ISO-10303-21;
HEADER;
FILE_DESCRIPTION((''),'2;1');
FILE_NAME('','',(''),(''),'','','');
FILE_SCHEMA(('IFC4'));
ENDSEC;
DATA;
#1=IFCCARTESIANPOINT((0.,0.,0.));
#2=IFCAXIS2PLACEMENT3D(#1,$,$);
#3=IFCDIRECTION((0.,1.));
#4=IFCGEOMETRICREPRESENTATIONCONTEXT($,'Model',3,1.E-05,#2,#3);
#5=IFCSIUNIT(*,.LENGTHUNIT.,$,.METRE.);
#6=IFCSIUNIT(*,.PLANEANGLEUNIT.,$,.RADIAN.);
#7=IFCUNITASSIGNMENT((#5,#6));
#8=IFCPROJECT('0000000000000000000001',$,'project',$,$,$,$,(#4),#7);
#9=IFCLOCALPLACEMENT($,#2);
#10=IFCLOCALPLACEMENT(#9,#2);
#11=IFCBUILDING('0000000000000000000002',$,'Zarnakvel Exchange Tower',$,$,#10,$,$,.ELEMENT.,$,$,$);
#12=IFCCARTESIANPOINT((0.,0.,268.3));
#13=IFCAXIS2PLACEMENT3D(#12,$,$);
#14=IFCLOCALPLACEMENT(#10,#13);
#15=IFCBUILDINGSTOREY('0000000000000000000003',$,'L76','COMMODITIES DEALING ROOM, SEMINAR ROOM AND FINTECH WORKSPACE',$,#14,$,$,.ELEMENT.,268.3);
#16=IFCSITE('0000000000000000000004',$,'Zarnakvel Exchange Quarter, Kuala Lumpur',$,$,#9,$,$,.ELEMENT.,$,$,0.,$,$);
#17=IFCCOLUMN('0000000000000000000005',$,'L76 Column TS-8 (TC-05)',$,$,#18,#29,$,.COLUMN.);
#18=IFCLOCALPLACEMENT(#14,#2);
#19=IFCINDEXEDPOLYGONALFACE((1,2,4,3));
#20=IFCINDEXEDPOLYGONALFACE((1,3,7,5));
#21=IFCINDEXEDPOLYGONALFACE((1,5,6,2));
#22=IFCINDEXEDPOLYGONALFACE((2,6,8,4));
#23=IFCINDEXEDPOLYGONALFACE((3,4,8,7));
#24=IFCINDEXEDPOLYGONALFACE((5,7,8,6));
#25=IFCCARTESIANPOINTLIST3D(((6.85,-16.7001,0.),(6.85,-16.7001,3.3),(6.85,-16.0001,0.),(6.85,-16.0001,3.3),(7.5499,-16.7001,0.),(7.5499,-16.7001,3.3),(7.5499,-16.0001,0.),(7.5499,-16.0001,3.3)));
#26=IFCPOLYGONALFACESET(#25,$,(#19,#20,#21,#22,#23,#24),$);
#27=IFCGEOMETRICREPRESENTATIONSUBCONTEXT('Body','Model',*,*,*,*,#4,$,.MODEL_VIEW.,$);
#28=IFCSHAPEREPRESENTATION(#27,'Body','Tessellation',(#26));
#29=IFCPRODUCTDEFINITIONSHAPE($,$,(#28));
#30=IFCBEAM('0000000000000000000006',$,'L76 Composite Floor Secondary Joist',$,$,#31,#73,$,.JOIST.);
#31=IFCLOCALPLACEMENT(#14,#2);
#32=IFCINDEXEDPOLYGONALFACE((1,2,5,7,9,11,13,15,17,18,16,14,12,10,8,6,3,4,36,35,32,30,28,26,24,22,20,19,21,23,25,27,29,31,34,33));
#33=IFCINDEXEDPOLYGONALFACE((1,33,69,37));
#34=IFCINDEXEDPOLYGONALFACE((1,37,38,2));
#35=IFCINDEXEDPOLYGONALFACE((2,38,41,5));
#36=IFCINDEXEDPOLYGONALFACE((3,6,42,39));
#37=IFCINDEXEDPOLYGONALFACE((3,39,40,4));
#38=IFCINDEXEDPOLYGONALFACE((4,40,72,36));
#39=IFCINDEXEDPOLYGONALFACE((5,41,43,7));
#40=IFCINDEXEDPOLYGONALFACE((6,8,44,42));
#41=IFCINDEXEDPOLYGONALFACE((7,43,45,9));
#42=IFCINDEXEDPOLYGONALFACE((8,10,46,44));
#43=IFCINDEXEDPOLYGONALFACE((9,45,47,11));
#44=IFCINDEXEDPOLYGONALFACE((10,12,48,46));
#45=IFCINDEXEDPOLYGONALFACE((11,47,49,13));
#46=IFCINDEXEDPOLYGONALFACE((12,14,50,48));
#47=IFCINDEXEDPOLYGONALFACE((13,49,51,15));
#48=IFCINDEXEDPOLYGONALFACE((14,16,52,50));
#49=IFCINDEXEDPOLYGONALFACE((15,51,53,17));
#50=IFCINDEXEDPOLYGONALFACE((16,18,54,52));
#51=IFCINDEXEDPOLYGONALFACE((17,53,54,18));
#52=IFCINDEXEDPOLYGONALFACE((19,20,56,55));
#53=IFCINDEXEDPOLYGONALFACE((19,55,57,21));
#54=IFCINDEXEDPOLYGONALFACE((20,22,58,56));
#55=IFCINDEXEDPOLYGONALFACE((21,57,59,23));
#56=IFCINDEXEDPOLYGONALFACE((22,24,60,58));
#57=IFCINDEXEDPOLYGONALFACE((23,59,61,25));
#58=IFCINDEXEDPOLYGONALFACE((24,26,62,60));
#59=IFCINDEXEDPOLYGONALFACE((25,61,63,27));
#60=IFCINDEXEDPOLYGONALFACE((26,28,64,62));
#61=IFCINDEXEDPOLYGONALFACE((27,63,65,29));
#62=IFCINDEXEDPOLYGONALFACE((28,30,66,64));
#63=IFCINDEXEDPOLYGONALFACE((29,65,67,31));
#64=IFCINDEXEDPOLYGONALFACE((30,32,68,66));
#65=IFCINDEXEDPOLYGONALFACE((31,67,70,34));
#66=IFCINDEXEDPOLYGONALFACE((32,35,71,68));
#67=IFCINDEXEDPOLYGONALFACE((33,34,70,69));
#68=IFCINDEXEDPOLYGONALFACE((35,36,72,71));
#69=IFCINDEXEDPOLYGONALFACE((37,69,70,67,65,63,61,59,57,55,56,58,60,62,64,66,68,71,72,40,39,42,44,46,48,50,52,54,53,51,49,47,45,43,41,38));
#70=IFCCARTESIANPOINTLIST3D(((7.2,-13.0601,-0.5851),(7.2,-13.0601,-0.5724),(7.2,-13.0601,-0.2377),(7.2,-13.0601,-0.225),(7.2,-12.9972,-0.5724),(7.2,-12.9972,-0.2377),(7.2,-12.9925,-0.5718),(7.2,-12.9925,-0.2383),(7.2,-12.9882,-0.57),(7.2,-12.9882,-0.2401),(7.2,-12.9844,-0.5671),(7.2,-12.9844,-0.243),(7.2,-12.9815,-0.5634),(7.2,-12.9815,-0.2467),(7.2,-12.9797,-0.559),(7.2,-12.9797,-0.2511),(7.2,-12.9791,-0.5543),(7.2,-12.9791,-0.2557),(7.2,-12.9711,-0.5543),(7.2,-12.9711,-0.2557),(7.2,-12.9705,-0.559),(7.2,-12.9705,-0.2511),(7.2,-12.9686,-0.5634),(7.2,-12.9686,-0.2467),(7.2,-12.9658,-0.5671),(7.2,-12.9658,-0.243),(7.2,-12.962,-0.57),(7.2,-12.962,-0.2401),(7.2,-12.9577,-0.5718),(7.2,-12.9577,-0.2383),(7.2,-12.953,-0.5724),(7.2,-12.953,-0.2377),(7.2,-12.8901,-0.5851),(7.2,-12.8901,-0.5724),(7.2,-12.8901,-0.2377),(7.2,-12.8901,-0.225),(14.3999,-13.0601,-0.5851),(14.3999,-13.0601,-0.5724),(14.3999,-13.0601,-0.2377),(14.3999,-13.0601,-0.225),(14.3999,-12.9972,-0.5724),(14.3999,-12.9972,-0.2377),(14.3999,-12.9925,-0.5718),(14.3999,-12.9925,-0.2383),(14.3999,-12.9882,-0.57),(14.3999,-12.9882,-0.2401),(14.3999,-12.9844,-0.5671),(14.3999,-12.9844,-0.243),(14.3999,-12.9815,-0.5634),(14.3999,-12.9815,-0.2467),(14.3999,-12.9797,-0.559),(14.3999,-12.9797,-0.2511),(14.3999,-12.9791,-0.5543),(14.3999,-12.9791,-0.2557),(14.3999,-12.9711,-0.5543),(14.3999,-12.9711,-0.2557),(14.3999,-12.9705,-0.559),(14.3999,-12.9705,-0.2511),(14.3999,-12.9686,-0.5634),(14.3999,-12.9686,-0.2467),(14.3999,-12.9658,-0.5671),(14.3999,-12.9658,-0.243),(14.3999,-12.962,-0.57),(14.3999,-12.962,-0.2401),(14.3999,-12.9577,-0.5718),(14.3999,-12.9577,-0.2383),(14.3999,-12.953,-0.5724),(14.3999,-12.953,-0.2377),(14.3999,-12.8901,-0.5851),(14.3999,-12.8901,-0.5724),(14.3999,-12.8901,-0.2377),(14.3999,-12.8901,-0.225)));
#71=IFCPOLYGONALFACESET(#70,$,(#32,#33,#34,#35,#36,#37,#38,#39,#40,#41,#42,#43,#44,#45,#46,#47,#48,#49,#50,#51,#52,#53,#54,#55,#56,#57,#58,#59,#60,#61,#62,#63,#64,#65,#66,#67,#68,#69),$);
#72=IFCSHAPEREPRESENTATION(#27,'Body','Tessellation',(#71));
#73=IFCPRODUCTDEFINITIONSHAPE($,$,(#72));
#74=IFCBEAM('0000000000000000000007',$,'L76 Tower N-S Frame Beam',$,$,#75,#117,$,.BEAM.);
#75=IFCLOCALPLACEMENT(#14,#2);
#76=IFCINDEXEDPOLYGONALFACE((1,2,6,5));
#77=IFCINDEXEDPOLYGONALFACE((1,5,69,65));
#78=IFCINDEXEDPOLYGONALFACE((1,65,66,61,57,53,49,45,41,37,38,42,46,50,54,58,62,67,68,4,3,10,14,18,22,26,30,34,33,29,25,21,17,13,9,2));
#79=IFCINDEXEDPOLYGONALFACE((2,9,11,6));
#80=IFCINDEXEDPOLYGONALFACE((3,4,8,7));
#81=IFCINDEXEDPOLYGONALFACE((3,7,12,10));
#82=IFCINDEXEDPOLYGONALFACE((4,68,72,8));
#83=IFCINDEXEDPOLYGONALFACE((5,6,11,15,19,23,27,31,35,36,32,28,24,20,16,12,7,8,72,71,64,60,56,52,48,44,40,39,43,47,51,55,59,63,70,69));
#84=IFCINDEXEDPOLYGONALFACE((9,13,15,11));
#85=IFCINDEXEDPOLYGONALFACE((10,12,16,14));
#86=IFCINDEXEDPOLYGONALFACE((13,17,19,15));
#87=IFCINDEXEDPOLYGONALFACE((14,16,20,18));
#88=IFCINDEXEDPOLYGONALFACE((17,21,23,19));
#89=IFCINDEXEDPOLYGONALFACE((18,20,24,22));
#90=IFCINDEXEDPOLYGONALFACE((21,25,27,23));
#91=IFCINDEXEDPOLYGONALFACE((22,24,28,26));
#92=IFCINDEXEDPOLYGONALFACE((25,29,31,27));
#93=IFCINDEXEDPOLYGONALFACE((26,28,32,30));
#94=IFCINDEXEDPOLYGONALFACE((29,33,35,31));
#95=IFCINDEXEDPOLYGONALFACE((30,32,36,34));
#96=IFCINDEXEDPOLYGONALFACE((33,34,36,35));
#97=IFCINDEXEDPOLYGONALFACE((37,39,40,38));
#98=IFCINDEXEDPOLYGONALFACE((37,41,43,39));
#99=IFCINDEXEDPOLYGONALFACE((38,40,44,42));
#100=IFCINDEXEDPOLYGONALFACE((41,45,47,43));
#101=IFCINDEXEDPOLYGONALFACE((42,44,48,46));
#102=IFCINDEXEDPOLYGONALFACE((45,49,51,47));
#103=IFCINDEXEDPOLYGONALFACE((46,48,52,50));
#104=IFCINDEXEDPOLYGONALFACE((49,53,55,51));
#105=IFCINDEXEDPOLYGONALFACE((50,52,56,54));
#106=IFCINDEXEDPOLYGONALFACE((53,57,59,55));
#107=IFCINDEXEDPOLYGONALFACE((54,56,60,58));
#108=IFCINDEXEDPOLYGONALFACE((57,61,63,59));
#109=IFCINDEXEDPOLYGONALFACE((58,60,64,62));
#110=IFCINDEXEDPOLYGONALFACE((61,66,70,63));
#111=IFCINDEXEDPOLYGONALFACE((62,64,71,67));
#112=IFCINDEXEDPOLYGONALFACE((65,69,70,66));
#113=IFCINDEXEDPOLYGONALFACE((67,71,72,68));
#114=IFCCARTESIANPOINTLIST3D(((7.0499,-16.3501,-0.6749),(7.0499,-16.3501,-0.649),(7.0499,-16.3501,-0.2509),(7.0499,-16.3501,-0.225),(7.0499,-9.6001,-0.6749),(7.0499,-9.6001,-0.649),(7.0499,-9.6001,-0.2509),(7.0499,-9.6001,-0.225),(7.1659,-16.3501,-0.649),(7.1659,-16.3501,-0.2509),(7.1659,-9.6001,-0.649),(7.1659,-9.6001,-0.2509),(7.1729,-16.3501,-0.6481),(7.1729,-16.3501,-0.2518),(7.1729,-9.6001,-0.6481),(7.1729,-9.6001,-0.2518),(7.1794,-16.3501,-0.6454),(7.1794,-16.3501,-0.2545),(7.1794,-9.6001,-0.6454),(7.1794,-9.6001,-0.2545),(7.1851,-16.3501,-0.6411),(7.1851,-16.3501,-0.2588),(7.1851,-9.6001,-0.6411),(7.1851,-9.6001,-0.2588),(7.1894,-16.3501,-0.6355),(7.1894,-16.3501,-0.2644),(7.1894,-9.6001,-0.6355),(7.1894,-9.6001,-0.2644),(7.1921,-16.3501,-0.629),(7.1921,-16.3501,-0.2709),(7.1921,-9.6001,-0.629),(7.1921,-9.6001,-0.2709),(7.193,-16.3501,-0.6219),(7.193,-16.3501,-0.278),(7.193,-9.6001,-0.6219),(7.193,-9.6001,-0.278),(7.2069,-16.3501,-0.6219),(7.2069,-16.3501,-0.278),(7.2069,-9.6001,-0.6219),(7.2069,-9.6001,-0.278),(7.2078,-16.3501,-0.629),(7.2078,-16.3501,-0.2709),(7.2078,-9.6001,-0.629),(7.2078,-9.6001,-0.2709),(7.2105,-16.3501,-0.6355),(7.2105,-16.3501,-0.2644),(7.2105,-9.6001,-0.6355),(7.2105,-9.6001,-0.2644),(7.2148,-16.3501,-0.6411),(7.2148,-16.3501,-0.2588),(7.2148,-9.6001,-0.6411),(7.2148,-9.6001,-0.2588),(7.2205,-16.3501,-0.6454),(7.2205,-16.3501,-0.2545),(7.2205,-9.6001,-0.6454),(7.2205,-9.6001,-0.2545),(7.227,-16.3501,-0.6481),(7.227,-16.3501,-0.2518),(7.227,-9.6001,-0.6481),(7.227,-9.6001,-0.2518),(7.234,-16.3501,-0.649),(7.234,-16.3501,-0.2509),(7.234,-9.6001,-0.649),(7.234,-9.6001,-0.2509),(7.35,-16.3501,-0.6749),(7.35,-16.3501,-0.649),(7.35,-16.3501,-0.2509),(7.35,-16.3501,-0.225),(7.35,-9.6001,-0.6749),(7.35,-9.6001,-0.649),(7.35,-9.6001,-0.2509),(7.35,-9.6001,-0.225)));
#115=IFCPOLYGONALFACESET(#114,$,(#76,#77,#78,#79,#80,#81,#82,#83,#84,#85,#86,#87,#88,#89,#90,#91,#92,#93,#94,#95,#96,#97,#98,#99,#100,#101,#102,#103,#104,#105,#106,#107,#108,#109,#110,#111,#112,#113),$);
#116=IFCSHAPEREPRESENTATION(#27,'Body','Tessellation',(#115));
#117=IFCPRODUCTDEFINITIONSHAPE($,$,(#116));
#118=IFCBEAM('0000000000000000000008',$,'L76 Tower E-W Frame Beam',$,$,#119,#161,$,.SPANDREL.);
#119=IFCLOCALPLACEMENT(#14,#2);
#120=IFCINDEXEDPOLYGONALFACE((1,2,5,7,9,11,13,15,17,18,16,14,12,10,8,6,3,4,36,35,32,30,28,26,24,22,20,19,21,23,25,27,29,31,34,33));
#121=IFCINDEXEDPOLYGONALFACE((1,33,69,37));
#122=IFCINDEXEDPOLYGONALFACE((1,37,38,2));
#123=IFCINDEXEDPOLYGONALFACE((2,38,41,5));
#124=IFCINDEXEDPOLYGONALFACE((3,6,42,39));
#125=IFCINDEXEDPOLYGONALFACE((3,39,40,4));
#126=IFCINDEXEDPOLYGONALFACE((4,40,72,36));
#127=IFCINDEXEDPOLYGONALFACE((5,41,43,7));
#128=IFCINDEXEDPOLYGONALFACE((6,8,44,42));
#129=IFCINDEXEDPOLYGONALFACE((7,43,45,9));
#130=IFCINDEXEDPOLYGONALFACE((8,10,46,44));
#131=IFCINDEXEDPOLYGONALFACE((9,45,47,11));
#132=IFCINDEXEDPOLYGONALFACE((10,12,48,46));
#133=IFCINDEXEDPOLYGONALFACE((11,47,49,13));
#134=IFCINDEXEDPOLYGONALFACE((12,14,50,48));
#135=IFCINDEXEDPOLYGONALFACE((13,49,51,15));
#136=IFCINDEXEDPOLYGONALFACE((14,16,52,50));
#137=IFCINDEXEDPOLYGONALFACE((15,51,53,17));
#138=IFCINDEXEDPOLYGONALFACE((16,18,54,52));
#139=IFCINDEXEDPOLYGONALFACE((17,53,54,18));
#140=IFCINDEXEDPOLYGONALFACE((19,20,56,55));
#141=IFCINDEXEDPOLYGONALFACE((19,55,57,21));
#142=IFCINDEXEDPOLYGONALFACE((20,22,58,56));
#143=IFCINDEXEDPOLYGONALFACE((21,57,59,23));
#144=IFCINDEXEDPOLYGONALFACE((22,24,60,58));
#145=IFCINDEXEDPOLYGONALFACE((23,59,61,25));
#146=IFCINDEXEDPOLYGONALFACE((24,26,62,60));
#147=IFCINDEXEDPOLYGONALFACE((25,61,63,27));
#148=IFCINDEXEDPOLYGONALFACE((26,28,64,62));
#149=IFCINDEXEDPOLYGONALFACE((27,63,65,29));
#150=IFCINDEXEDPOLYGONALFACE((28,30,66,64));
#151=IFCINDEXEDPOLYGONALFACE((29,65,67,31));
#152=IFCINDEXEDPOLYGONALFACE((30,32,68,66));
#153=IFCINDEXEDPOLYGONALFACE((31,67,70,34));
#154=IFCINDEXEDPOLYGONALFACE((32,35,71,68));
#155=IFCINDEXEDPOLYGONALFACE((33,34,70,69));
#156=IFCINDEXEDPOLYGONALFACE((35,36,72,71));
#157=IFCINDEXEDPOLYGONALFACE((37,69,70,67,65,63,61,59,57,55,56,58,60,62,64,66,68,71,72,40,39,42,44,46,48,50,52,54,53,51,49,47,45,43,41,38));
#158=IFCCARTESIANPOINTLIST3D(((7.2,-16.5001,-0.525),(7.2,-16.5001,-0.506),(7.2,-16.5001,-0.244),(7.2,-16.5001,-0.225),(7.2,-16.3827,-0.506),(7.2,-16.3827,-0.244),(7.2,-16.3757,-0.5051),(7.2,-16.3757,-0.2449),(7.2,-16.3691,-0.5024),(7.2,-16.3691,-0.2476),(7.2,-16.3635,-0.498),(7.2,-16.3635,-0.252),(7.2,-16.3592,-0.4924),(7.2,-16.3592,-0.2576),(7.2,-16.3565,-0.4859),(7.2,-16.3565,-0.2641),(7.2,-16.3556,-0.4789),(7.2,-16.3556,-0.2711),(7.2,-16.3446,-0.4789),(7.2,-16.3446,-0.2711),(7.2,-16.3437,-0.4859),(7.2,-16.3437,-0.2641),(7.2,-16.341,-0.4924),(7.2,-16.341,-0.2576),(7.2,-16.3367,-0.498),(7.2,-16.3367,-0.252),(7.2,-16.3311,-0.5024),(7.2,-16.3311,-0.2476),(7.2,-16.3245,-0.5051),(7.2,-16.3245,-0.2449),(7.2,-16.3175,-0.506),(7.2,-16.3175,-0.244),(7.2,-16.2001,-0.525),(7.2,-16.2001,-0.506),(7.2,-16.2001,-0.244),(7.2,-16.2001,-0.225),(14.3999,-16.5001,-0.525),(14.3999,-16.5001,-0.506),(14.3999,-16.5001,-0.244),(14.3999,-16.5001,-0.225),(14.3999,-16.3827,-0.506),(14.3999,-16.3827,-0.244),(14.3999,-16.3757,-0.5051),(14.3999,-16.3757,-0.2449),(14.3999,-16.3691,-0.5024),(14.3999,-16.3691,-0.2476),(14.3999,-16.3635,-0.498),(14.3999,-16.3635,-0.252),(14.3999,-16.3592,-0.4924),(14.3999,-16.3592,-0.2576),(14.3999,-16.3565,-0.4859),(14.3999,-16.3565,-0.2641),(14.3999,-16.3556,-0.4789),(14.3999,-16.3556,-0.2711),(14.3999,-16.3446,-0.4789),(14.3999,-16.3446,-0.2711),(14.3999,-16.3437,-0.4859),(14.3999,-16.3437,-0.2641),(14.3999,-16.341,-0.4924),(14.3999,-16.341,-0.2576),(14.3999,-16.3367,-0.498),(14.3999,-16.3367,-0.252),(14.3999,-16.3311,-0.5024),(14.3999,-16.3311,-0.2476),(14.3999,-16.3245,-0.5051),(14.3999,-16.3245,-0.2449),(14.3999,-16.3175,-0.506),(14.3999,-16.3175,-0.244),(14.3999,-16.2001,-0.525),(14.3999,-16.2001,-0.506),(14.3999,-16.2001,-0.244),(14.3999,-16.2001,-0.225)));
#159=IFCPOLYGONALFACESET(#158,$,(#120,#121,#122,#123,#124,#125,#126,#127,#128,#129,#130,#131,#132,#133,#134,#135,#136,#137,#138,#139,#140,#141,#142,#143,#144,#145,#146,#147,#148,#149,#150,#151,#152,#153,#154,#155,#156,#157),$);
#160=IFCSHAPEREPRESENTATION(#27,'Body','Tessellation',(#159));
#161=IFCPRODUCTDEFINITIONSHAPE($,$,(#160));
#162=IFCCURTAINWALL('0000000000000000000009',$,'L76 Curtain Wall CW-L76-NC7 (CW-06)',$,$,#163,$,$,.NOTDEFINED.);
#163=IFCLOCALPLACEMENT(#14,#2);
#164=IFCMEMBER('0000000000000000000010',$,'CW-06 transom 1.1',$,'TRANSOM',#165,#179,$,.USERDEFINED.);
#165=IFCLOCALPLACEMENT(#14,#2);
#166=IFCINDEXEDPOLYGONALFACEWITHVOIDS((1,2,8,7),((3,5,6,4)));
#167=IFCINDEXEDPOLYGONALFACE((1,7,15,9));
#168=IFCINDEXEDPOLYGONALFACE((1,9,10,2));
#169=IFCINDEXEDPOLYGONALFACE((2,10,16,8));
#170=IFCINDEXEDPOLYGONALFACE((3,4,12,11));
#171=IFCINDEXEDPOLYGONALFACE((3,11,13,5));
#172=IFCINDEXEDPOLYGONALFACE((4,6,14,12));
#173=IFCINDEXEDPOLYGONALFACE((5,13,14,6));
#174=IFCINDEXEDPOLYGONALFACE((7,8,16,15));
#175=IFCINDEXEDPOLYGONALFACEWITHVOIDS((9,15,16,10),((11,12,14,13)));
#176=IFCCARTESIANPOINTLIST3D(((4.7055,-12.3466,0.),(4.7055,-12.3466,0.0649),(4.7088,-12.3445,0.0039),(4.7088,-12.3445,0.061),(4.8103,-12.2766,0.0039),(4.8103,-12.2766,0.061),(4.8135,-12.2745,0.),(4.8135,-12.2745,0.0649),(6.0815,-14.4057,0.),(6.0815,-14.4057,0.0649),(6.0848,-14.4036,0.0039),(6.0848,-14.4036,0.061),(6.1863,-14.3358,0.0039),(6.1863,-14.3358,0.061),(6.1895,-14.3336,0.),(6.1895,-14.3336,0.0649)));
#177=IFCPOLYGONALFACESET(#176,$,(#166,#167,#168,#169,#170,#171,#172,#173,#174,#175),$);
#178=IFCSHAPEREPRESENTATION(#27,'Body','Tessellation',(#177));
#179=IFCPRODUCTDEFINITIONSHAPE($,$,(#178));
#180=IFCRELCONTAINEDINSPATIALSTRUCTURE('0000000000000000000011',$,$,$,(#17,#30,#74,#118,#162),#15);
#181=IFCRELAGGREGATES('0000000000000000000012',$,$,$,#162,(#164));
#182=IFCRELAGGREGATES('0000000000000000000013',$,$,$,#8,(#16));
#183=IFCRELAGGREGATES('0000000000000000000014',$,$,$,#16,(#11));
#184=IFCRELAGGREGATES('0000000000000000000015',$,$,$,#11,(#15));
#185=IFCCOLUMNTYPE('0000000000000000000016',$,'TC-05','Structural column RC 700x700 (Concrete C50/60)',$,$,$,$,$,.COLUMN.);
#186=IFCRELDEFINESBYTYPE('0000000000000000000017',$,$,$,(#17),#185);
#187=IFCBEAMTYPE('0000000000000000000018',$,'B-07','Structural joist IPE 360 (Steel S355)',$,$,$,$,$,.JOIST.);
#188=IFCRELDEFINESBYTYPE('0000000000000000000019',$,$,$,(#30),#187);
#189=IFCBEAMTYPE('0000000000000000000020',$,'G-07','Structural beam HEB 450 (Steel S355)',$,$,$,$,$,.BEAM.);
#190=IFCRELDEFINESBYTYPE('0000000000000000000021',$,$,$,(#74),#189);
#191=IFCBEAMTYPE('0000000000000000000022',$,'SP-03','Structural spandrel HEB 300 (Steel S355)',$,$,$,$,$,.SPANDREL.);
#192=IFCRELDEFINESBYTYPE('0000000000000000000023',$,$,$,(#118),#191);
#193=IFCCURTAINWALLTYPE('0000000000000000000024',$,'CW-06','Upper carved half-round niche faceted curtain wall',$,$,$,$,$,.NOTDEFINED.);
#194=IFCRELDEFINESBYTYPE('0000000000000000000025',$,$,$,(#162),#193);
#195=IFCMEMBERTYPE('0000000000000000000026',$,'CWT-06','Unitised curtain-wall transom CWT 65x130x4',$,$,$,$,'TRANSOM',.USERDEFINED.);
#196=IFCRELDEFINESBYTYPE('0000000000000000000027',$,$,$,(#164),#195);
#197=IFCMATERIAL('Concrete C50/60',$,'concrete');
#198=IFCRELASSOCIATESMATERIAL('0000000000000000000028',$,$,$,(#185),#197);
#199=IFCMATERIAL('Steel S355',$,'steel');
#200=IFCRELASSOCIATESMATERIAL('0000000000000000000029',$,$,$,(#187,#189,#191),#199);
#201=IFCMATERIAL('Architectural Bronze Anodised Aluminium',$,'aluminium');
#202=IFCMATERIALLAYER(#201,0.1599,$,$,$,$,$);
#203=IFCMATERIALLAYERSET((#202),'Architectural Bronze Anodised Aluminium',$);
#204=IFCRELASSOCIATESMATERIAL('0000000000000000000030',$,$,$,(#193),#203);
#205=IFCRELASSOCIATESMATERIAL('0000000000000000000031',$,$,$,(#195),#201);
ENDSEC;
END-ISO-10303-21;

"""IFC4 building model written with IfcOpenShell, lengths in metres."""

from ifc_helpers import new_model, si_unit, direction, frame, origin, origin_2d, place, context, subcontext, project, spatial, rectangle, hollow_rectangle, i_section, extrude, source, transform, mapped, material, layer, layer_set, material_profile, profile_set, type_object, element, aggregate, save


model = new_model("IFC4")

# Units and contexts
model_context = context("Model", 3, precision=1e-05, world=origin(), true_north=direction((0.0, 1.0)))
body_context = subcontext(model_context, "Body", "Model", "MODEL_VIEW")
ifc_project = project(units=[si_unit("LENGTHUNIT", "METRE"), si_unit("PLANEANGLEUNIT", "RADIAN")], contexts=[model_context])

# Site, building, storey
site_placement = place(None, origin())
site = spatial("IfcSite", under=ifc_project, at=site_placement, Name="Zarnakvel Exchange Quarter, Kuala Lumpur", CompositionType="ELEMENT", RefElevation=0.0)
building_placement = place(site_placement, origin())
building = spatial("IfcBuilding", under=site, at=building_placement, Name="Zarnakvel Exchange Tower", CompositionType="ELEMENT")
storey_placement = place(building_placement, frame((0.0, 0.0, 268.3)))
storey = spatial("IfcBuildingStorey", under=building, at=storey_placement, Name="L76", Description="COMMODITIES DEALING ROOM, SEMINAR ROOM AND FINTECH WORKSPACE", CompositionType="ELEMENT", Elevation=268.3)

# Column
ifc_material_1 = material(Name="Concrete C50/60", Category="concrete")
ifc_material_profile_1 = material_profile(ifc_material_1, rectangle(XDim=0.7, YDim=0.7, at=origin_2d()))
ifc_profile_set_1 = profile_set([ifc_material_profile_1], Name="Concrete C50/60")
column_type = type_object("IfcColumnType", Name="TC-05", Description="Structural column RC 700x700 (Concrete C50/60)", PredefinedType="COLUMN", material=ifc_profile_set_1)
column_placement = place(storey_placement, frame((7.2, -16.3501, 0.0), z_axis=(0.0, 0.0, 1.0), x_axis=(1.0, 0.0, 0.0)))
element("IfcColumn", 1, at=column_placement, inside=storey, type_object=column_type, Name="L76 Column TS-8 (TC-05)", PredefinedType="COLUMN", context=body_context, shape_type="SweptSolid", body=[
    extrude(rectangle(XDim=0.7, YDim=0.7, at=origin_2d()), origin(), (0.0, 0.0, 1.0), 3.3),
])

# Beams
ifc_material_2 = material(Name="Steel S355", Category="steel")
ifc_material_profile_2 = material_profile(ifc_material_2, i_section(OverallWidth=0.1699, OverallDepth=0.3601, WebThickness=0.0081, FlangeThickness=0.0127, FilletRadius=0.0181, at=origin_2d()))
ifc_profile_set_2 = profile_set([ifc_material_profile_2], Name="Steel S355")
beam_type_1 = type_object("IfcBeamType", Name="B-07", Description="Structural joist IPE 360 (Steel S355)", PredefinedType="JOIST", material=ifc_profile_set_2)
beam_1_placement = place(storey_placement, frame((7.2, -12.9751, -0.405), z_axis=(1.0, 0.0, 0.0), x_axis=(0.0, 1.0, 0.0)))
element("IfcBeam", 2, at=beam_1_placement, inside=storey, type_object=beam_type_1, Name="L76 Composite Floor Secondary Joist", PredefinedType="JOIST", context=body_context, shape_type="SweptSolid", body=[
    extrude(i_section(OverallWidth=0.1699, OverallDepth=0.3601, WebThickness=0.0081, FlangeThickness=0.0127, FilletRadius=0.0181, at=origin_2d()), origin(), (0.0, 0.0, 1.0), 7.2),
])
ifc_material_profile_3 = material_profile(ifc_material_2, i_section(OverallWidth=0.3, OverallDepth=0.45, WebThickness=0.0139, FlangeThickness=0.0259, FilletRadius=0.0271, at=origin_2d()))
ifc_profile_set_3 = profile_set([ifc_material_profile_3], Name="Steel S355")
beam_type_2 = type_object("IfcBeamType", Name="G-07", Description="Structural beam HEB 450 (Steel S355)", PredefinedType="BEAM", material=ifc_profile_set_3)
beam_2_placement = place(storey_placement, frame((7.2, -16.3501, -0.45), z_axis=(0.0, 1.0, 0.0), x_axis=(-1.0, 0.0, 0.0)))
element("IfcBeam", 3, at=beam_2_placement, inside=storey, type_object=beam_type_2, Name="L76 Tower N-S Frame Beam", PredefinedType="BEAM", context=body_context, shape_type="SweptSolid", body=[
    extrude(i_section(OverallWidth=0.3, OverallDepth=0.45, WebThickness=0.0139, FlangeThickness=0.0259, FilletRadius=0.0271, at=origin_2d()), origin(), (0.0, 0.0, 1.0), 6.75),
])
ifc_material_profile_4 = material_profile(ifc_material_2, i_section(OverallWidth=0.3, OverallDepth=0.3, WebThickness=0.011, FlangeThickness=0.019, FilletRadius=0.0271, at=origin_2d()))
ifc_profile_set_4 = profile_set([ifc_material_profile_4], Name="Steel S355")
beam_type_3 = type_object("IfcBeamType", Name="SP-03", Description="Structural spandrel HEB 300 (Steel S355)", PredefinedType="SPANDREL", material=ifc_profile_set_4)
beam_3_placement = place(storey_placement, frame((7.2, -16.3501, -0.375), z_axis=(1.0, 0.0, 0.0), x_axis=(0.0, 1.0, 0.0)))
element("IfcBeam", 4, at=beam_3_placement, inside=storey, type_object=beam_type_3, Name="L76 Tower E-W Frame Beam", PredefinedType="SPANDREL", context=body_context, shape_type="SweptSolid", body=[
    extrude(i_section(OverallWidth=0.3, OverallDepth=0.3, WebThickness=0.011, FlangeThickness=0.019, FilletRadius=0.0271, at=origin_2d()), origin(), (0.0, 0.0, 1.0), 7.2),
])

# Curtain wall, member
ifc_material_3 = material(Name="Architectural Bronze Anodised Aluminium", Category="aluminium")
ifc_layer_1 = layer(ifc_material_3, 0.1599)
ifc_layer_set_1 = layer_set([ifc_layer_1], Name="Architectural Bronze Anodised Aluminium")
curtain_wall_type = type_object("IfcCurtainWallType", Name="CW-06", Description="Upper carved half-round niche faceted curtain wall", PredefinedType="NOTDEFINED", material=ifc_layer_set_1)
curtain_wall_1_placement = place(storey_placement, origin())
curtain_wall_1 = element("IfcCurtainWall", 5, at=curtain_wall_1_placement, inside=storey, type_object=curtain_wall_type, Name="L76 Curtain Wall CW-L76-NC7 (CW-06)", PredefinedType="NOTDEFINED")
ifc_material_profile_5 = material_profile(ifc_material_3, hollow_rectangle(XDim=0.1299, YDim=0.0649, WallThickness=0.0039, at=origin_2d()))
ifc_profile_set_5 = profile_set([ifc_material_profile_5], Name="Architectural Bronze Anodised Aluminium")
member_type_1 = type_object("IfcMemberType", Name="CWT-06", Description="Unitised curtain-wall transom CWT 65x130x4", ElementType="TRANSOM", PredefinedType="USERDEFINED", material=ifc_profile_set_5)
shared_shape_1 = source(origin(), body_context, "Body", "SweptSolid", [
    extrude(hollow_rectangle(XDim=0.1299, YDim=0.0649, WallThickness=0.0039, at=origin_2d()), origin(), (0.0, 0.0, 1.0), 2.4766),
])
member_1_placement = place(storey_placement, frame((4.7595, -12.3105, 0.0325), z_axis=(0.55561, -0.831443, 0.0), x_axis=(0.831443, 0.55561, 0.0)))
member_1 = element("IfcMember", 6, at=member_1_placement, type_object=member_type_1, Name="CW-06 transom 1.1", ObjectType="TRANSOM", PredefinedType="USERDEFINED", context=body_context, shape_type="MappedRepresentation", body=[
    mapped(shared_shape_1, transform((0.0, 0.0, 0.0), x_axis=(1.0, 0.0, 0.0), y_axis=(0.0, 1.0, 0.0), z_axis=(0.0, 0.0, 1.0), scale=1.0)),
])

aggregate(curtain_wall_1, [member_1])

save(model, "model.ifc")
